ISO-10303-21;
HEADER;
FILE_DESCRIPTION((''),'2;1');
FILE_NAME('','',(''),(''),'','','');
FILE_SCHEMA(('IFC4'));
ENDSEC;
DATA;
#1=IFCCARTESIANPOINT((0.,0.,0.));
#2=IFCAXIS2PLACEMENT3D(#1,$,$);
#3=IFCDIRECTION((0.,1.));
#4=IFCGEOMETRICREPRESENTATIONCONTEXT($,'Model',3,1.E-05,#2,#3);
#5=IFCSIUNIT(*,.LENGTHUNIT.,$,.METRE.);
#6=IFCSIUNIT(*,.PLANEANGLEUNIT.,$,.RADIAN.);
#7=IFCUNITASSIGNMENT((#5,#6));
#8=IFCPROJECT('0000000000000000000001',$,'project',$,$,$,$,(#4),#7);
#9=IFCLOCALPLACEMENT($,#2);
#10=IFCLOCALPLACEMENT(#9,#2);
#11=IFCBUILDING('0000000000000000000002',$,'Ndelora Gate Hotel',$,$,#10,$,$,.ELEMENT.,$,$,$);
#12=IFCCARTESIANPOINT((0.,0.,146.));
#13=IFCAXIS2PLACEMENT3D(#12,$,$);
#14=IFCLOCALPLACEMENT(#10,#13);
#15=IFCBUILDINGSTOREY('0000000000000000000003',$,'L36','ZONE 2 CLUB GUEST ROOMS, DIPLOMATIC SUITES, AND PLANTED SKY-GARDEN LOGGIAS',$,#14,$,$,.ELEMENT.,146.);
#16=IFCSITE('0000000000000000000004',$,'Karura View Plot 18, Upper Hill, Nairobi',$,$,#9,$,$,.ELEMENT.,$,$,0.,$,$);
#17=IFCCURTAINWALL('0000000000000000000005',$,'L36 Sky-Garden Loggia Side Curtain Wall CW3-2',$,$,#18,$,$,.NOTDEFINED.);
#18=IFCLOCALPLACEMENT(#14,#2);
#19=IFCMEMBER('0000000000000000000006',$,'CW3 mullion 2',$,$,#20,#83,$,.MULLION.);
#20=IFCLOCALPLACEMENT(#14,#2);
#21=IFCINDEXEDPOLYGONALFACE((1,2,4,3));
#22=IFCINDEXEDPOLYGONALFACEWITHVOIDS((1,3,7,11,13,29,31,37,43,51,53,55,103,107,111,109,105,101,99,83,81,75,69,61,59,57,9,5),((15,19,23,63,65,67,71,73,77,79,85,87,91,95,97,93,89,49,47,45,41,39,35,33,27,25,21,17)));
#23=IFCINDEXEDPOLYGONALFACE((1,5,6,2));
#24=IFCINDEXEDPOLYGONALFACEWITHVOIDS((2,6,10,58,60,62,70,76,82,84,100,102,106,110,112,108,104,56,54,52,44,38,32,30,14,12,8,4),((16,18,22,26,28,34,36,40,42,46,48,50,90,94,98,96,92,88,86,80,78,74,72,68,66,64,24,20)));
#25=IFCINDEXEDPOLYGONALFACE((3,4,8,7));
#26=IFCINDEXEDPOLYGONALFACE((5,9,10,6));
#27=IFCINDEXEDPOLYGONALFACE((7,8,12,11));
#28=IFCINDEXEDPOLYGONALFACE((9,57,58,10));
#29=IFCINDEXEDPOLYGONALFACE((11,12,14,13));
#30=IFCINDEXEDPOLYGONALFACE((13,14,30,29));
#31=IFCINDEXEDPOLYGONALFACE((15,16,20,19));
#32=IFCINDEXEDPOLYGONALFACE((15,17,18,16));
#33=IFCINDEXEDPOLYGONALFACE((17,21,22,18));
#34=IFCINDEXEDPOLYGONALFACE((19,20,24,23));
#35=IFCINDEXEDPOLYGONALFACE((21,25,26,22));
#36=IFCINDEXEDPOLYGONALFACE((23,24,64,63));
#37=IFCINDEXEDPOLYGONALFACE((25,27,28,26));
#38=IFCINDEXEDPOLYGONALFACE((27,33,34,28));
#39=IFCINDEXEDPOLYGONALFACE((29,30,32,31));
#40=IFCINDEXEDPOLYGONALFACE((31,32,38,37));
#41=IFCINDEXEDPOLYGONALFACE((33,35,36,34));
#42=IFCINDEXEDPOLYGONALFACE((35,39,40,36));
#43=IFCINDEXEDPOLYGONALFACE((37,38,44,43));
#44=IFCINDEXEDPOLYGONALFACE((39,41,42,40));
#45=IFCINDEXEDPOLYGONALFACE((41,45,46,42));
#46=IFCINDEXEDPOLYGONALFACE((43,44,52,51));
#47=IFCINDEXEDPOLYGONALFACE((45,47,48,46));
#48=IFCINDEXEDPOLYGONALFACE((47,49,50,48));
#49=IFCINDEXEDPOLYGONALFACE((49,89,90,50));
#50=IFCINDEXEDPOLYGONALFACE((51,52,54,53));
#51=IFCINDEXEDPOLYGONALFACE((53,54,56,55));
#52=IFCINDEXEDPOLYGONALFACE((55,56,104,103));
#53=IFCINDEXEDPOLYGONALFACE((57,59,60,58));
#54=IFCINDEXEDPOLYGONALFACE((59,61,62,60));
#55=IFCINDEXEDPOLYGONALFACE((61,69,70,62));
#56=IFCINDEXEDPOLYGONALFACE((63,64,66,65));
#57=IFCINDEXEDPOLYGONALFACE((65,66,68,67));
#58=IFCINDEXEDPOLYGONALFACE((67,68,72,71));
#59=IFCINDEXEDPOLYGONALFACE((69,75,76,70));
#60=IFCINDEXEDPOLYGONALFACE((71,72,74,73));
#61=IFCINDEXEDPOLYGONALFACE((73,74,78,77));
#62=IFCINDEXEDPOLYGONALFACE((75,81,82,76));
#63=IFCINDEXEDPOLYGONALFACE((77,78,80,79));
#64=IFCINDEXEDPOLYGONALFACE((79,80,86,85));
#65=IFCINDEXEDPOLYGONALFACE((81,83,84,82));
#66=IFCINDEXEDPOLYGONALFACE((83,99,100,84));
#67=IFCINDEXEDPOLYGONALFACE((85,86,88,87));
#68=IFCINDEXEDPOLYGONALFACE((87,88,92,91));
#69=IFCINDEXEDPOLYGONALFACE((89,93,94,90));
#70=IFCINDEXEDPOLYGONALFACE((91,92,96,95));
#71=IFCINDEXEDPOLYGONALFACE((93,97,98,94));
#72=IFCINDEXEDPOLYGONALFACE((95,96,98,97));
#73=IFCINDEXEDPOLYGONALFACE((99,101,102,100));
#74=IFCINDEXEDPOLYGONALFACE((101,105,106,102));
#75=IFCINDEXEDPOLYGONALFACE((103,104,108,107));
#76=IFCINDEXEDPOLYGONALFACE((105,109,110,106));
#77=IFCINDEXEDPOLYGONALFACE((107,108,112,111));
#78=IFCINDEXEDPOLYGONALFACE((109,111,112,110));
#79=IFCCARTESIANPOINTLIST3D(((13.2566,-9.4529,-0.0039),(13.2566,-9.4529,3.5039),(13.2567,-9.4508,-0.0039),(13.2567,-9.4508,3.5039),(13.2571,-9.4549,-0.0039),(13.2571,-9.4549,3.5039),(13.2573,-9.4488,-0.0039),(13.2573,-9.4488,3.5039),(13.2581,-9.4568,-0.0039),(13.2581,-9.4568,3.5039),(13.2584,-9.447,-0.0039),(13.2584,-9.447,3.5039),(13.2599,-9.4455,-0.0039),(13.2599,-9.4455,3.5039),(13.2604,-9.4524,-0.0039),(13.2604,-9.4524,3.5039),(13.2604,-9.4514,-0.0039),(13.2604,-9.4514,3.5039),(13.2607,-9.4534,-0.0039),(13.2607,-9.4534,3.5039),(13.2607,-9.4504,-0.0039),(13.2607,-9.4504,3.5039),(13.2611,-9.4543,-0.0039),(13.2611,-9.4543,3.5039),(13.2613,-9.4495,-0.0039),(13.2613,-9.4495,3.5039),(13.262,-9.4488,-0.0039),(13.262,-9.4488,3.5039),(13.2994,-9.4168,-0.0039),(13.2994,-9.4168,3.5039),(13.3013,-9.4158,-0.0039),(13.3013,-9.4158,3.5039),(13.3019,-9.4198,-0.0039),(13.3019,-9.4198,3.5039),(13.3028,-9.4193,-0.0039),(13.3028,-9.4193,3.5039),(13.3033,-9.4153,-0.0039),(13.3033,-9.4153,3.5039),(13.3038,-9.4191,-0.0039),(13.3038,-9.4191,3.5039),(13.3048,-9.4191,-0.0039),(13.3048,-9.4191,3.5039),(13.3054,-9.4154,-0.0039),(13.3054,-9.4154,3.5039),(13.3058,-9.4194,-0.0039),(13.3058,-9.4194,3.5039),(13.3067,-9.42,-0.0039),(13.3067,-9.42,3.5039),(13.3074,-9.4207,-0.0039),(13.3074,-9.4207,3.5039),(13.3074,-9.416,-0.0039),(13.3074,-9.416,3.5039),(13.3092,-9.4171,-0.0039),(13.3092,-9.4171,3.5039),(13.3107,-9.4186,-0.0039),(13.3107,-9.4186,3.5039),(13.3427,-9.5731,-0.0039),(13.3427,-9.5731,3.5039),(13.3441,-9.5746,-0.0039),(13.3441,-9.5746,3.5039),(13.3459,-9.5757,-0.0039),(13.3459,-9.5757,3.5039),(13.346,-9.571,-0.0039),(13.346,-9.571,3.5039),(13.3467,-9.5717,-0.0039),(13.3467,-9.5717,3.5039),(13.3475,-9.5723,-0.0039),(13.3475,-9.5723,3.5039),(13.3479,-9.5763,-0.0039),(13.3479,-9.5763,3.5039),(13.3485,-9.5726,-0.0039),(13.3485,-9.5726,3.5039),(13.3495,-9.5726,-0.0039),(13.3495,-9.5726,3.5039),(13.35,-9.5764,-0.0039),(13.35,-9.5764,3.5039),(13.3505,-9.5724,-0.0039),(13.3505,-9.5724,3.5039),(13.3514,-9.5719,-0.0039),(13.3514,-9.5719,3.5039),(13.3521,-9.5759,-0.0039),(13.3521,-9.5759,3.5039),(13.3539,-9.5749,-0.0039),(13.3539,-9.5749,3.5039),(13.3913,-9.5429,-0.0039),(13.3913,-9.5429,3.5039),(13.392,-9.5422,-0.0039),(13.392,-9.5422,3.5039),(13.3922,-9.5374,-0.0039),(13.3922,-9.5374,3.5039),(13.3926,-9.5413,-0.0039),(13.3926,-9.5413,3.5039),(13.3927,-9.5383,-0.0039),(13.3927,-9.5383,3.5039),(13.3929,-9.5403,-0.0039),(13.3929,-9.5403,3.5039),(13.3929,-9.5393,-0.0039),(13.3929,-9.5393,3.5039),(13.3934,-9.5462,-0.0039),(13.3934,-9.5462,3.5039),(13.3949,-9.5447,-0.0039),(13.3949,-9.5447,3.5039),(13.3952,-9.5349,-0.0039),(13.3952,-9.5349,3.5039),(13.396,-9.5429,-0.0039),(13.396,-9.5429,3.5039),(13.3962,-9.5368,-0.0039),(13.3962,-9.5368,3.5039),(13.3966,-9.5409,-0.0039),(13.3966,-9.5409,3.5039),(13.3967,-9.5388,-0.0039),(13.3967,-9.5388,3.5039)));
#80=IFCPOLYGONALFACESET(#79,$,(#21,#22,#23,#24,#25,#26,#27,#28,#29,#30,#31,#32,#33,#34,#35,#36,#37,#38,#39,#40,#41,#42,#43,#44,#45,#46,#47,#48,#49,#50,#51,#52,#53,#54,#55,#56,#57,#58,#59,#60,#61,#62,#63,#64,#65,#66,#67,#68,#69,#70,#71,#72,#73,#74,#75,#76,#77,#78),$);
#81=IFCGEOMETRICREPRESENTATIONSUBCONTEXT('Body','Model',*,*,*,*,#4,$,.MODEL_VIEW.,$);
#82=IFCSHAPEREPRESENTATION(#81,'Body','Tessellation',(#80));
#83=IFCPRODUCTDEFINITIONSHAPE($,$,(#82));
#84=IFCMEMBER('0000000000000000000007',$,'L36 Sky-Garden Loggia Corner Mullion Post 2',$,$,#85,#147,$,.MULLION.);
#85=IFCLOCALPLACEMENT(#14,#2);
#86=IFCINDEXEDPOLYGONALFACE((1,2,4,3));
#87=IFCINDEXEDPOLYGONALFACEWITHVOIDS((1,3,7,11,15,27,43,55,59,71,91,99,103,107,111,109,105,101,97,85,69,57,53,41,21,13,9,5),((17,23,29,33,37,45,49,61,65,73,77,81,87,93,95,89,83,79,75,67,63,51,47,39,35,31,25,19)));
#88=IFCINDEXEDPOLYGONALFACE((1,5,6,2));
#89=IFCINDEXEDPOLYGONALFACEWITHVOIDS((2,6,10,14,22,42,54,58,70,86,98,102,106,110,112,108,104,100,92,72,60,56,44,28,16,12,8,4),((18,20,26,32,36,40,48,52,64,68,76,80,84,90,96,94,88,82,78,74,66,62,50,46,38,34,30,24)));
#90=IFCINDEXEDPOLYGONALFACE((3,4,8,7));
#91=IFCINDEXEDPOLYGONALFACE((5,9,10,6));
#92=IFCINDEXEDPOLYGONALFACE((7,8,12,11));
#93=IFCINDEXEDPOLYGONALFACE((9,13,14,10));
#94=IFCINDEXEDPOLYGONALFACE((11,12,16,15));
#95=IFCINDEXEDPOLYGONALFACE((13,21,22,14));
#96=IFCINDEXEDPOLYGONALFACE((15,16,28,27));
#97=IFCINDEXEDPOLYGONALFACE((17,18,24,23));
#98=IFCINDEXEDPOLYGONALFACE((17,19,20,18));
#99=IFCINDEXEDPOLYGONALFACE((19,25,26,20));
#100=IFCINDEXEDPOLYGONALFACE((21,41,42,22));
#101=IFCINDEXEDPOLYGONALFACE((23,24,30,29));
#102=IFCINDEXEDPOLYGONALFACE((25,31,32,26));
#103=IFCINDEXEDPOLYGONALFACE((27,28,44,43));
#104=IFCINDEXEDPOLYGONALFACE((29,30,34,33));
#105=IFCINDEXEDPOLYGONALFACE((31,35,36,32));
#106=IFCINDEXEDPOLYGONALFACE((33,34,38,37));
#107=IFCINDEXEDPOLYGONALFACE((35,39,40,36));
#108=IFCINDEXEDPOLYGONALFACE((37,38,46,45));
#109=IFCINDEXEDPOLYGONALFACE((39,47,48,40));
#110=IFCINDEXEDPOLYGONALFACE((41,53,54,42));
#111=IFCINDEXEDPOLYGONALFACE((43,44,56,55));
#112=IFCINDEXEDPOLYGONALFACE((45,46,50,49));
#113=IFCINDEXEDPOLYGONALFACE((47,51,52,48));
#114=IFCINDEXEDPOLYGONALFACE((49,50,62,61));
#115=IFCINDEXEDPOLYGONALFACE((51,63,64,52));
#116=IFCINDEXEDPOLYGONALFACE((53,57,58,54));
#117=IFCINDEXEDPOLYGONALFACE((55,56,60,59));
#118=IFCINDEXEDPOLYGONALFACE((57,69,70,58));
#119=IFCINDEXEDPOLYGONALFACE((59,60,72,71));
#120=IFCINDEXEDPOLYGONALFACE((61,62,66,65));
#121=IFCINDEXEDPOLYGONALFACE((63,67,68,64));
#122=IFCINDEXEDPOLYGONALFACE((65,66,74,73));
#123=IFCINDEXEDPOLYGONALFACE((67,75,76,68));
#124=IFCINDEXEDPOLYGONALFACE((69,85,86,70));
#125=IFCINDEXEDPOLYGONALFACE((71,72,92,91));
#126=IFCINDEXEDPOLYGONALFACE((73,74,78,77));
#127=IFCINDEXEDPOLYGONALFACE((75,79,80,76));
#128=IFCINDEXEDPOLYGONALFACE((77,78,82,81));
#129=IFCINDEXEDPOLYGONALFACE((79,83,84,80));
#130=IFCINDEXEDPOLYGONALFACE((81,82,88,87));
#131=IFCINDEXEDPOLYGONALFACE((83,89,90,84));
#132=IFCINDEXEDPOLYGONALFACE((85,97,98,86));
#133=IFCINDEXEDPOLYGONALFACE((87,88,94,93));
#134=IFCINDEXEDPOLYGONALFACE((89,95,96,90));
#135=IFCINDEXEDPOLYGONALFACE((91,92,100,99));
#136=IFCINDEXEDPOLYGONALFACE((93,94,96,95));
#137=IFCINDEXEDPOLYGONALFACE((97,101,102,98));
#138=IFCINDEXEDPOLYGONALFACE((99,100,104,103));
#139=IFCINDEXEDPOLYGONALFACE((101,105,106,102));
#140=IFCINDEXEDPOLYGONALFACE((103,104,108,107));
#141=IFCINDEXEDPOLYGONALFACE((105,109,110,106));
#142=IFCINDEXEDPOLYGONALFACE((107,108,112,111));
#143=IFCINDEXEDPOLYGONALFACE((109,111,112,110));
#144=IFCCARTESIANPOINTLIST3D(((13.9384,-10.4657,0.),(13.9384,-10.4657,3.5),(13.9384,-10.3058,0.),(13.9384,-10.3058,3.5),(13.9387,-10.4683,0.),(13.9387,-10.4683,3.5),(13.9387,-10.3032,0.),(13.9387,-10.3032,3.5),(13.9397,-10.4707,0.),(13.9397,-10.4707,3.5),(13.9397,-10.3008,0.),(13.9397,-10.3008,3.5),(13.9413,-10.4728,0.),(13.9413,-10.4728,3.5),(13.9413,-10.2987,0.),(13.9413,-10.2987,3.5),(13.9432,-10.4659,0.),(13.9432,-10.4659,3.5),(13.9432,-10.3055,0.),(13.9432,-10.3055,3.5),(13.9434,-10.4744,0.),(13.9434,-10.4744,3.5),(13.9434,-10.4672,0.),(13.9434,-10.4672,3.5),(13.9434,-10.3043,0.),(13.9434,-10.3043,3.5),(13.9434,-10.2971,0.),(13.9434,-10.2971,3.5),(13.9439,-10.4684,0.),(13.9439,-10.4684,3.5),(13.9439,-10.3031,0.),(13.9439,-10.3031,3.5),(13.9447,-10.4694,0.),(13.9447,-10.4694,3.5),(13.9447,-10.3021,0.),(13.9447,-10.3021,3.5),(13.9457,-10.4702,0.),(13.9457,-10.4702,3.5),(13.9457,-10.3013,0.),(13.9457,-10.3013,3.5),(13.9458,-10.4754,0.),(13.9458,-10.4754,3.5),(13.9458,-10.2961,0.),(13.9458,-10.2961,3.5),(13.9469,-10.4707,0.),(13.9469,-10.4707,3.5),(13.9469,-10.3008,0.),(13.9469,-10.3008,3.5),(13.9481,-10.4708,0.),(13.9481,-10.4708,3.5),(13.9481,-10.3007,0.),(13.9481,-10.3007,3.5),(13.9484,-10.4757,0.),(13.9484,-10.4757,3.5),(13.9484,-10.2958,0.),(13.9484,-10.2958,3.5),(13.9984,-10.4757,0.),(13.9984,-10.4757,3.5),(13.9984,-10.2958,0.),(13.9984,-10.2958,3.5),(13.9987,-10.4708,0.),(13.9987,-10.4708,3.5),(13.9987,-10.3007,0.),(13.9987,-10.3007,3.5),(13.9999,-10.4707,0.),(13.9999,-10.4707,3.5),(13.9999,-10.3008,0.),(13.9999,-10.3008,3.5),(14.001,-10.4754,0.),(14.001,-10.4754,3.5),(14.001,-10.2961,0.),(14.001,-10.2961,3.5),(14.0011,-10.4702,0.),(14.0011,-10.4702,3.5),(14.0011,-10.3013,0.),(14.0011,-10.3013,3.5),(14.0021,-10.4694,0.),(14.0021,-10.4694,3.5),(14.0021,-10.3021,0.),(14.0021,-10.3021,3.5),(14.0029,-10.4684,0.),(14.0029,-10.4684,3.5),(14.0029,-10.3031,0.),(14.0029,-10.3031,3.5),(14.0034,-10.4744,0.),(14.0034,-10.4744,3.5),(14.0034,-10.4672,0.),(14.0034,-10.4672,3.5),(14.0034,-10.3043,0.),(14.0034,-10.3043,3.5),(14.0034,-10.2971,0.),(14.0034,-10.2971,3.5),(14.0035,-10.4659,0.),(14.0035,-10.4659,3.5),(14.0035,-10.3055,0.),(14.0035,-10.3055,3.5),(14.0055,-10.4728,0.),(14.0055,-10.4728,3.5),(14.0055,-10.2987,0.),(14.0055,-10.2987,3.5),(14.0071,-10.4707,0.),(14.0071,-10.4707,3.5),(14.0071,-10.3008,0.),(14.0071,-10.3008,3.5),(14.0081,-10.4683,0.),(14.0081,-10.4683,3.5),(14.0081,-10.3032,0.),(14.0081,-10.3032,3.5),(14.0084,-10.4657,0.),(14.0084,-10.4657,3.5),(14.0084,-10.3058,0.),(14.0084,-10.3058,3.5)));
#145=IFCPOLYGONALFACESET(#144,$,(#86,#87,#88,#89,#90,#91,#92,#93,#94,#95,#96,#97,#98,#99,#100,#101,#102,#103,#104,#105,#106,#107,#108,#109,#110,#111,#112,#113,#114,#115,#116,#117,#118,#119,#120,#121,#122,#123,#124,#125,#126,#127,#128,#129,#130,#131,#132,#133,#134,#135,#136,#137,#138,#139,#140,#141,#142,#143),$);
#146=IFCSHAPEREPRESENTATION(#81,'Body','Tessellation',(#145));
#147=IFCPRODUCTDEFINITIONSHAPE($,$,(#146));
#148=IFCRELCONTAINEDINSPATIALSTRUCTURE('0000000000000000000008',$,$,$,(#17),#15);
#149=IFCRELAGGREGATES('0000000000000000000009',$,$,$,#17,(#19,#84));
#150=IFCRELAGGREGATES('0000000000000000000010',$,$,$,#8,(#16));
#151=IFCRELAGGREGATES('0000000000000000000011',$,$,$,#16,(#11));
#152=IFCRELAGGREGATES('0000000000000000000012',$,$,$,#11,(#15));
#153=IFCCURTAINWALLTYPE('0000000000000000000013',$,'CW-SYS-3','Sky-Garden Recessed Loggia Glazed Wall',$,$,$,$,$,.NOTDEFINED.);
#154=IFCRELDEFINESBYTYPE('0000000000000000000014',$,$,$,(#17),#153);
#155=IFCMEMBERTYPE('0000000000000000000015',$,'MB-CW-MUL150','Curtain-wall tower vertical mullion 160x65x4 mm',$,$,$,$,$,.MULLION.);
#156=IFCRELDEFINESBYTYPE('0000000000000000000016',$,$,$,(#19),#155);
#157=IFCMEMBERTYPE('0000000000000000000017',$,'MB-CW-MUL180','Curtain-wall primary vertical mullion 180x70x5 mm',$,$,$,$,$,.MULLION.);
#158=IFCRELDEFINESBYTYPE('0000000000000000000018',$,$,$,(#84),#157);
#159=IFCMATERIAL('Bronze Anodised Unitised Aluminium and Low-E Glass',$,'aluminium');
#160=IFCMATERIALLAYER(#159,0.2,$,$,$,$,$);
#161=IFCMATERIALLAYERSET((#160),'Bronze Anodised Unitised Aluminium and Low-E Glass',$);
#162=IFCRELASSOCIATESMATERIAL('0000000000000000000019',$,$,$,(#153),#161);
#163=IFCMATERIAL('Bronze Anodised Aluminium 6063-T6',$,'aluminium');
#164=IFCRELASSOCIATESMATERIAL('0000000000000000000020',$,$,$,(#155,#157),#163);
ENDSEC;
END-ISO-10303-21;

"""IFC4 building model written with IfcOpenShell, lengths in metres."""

from ifc_helpers import new_model, si_unit, direction, frame, origin, origin_2d, place, context, subcontext, project, spatial, hollow_rectangle, extrude, material, layer, layer_set, material_profile, profile_set, type_object, element, aggregate, save


model = new_model("IFC4")

# Units and contexts
model_context = context("Model", 3, precision=1e-05, world=origin(), true_north=direction((0.0, 1.0)))
body_context = subcontext(model_context, "Body", "Model", "MODEL_VIEW")
ifc_project = project(units=[si_unit("LENGTHUNIT", "METRE"), si_unit("PLANEANGLEUNIT", "RADIAN")], contexts=[model_context])

# Site, building, storey
site_placement = place(None, origin())
site = spatial("IfcSite", under=ifc_project, at=site_placement, Name="Karura View Plot 18, Upper Hill, Nairobi", CompositionType="ELEMENT", RefElevation=0.0)
building_placement = place(site_placement, origin())
building = spatial("IfcBuilding", under=site, at=building_placement, Name="Ndelora Gate Hotel", CompositionType="ELEMENT")
storey_placement = place(building_placement, frame((0.0, 0.0, 146.0)))
storey = spatial("IfcBuildingStorey", under=building, at=storey_placement, Name="L36", Description="ZONE 2 CLUB GUEST ROOMS, DIPLOMATIC SUITES, AND PLANTED SKY-GARDEN LOGGIAS", CompositionType="ELEMENT", Elevation=146.0)

# Curtain wall, members
ifc_material_1 = material(Name="Bronze Anodised Unitised Aluminium and Low-E Glass", Category="aluminium")
ifc_layer_1 = layer(ifc_material_1, 0.2)
ifc_layer_set_1 = layer_set([ifc_layer_1], Name="Bronze Anodised Unitised Aluminium and Low-E Glass")
curtain_wall_type = type_object("IfcCurtainWallType", Name="CW-SYS-3", Description="Sky-Garden Recessed Loggia Glazed Wall", PredefinedType="NOTDEFINED", material=ifc_layer_set_1)
curtain_wall_placement = place(storey_placement, origin())
curtain_wall = element("IfcCurtainWall", 1, at=curtain_wall_placement, inside=storey, type_object=curtain_wall_type, Name="L36 Sky-Garden Loggia Side Curtain Wall CW3-2", PredefinedType="NOTDEFINED")
ifc_material_2 = material(Name="Bronze Anodised Aluminium 6063-T6", Category="aluminium")
ifc_material_profile_1 = material_profile(ifc_material_2, hollow_rectangle(XDim=0.0649, YDim=0.1599, WallThickness=0.0039, InnerFilletRadius=0.0039, OuterFilletRadius=0.0081, at=origin_2d()), Name="ALU 160x65x4")
ifc_profile_set_1 = profile_set([ifc_material_profile_1], Name="Bronze Anodised Aluminium 6063-T6")
member_type_1 = type_object("IfcMemberType", Name="MB-CW-MUL150", Description="Curtain-wall tower vertical mullion 160x65x4 mm", PredefinedType="MULLION", material=ifc_profile_set_1)
member_1_placement = place(storey_placement, frame((13.3267, -9.4958, -0.0039), z_axis=(0.0, 0.0, 1.0), x_axis=(-0.809017, -0.587785, 0.0)))
member_1 = element("IfcMember", 2, at=member_1_placement, type_object=member_type_1, Name="CW3 mullion 2", PredefinedType="MULLION", context=body_context, shape_type="SweptSolid", body=[
    extrude(hollow_rectangle(XDim=0.0649, YDim=0.1599, WallThickness=0.0039, InnerFilletRadius=0.0039, OuterFilletRadius=0.0081, at=origin_2d()), origin(), (0.0, 0.0, 1.0), 3.5078),
])
ifc_material_profile_2 = material_profile(ifc_material_2, hollow_rectangle(XDim=0.0701, YDim=0.1799, WallThickness=0.0049, InnerFilletRadius=0.0049, OuterFilletRadius=0.01, at=origin_2d()), Name="ALU 180x70x5")
ifc_profile_set_2 = profile_set([ifc_material_profile_2], Name="Bronze Anodised Aluminium 6063-T6")
member_type_2 = type_object("IfcMemberType", Name="MB-CW-MUL180", Description="Curtain-wall primary vertical mullion 180x70x5 mm", PredefinedType="MULLION", material=ifc_profile_set_2)
member_2_placement = place(storey_placement, frame((13.9734, -10.3857, 0.0), z_axis=(0.0, 0.0, 1.0), x_axis=(1.0, 0.0, 0.0)))
member_2 = element("IfcMember", 3, at=member_2_placement, type_object=member_type_2, Name="L36 Sky-Garden Loggia Corner Mullion Post 2", PredefinedType="MULLION", context=body_context, shape_type="SweptSolid", body=[
    extrude(hollow_rectangle(XDim=0.0701, YDim=0.1799, WallThickness=0.0049, InnerFilletRadius=0.0049, OuterFilletRadius=0.01, at=origin_2d()), origin(), (0.0, 0.0, 1.0), 3.5),
])
aggregate(curtain_wall, [member_1, member_2])

save(model, "model.ifc")
